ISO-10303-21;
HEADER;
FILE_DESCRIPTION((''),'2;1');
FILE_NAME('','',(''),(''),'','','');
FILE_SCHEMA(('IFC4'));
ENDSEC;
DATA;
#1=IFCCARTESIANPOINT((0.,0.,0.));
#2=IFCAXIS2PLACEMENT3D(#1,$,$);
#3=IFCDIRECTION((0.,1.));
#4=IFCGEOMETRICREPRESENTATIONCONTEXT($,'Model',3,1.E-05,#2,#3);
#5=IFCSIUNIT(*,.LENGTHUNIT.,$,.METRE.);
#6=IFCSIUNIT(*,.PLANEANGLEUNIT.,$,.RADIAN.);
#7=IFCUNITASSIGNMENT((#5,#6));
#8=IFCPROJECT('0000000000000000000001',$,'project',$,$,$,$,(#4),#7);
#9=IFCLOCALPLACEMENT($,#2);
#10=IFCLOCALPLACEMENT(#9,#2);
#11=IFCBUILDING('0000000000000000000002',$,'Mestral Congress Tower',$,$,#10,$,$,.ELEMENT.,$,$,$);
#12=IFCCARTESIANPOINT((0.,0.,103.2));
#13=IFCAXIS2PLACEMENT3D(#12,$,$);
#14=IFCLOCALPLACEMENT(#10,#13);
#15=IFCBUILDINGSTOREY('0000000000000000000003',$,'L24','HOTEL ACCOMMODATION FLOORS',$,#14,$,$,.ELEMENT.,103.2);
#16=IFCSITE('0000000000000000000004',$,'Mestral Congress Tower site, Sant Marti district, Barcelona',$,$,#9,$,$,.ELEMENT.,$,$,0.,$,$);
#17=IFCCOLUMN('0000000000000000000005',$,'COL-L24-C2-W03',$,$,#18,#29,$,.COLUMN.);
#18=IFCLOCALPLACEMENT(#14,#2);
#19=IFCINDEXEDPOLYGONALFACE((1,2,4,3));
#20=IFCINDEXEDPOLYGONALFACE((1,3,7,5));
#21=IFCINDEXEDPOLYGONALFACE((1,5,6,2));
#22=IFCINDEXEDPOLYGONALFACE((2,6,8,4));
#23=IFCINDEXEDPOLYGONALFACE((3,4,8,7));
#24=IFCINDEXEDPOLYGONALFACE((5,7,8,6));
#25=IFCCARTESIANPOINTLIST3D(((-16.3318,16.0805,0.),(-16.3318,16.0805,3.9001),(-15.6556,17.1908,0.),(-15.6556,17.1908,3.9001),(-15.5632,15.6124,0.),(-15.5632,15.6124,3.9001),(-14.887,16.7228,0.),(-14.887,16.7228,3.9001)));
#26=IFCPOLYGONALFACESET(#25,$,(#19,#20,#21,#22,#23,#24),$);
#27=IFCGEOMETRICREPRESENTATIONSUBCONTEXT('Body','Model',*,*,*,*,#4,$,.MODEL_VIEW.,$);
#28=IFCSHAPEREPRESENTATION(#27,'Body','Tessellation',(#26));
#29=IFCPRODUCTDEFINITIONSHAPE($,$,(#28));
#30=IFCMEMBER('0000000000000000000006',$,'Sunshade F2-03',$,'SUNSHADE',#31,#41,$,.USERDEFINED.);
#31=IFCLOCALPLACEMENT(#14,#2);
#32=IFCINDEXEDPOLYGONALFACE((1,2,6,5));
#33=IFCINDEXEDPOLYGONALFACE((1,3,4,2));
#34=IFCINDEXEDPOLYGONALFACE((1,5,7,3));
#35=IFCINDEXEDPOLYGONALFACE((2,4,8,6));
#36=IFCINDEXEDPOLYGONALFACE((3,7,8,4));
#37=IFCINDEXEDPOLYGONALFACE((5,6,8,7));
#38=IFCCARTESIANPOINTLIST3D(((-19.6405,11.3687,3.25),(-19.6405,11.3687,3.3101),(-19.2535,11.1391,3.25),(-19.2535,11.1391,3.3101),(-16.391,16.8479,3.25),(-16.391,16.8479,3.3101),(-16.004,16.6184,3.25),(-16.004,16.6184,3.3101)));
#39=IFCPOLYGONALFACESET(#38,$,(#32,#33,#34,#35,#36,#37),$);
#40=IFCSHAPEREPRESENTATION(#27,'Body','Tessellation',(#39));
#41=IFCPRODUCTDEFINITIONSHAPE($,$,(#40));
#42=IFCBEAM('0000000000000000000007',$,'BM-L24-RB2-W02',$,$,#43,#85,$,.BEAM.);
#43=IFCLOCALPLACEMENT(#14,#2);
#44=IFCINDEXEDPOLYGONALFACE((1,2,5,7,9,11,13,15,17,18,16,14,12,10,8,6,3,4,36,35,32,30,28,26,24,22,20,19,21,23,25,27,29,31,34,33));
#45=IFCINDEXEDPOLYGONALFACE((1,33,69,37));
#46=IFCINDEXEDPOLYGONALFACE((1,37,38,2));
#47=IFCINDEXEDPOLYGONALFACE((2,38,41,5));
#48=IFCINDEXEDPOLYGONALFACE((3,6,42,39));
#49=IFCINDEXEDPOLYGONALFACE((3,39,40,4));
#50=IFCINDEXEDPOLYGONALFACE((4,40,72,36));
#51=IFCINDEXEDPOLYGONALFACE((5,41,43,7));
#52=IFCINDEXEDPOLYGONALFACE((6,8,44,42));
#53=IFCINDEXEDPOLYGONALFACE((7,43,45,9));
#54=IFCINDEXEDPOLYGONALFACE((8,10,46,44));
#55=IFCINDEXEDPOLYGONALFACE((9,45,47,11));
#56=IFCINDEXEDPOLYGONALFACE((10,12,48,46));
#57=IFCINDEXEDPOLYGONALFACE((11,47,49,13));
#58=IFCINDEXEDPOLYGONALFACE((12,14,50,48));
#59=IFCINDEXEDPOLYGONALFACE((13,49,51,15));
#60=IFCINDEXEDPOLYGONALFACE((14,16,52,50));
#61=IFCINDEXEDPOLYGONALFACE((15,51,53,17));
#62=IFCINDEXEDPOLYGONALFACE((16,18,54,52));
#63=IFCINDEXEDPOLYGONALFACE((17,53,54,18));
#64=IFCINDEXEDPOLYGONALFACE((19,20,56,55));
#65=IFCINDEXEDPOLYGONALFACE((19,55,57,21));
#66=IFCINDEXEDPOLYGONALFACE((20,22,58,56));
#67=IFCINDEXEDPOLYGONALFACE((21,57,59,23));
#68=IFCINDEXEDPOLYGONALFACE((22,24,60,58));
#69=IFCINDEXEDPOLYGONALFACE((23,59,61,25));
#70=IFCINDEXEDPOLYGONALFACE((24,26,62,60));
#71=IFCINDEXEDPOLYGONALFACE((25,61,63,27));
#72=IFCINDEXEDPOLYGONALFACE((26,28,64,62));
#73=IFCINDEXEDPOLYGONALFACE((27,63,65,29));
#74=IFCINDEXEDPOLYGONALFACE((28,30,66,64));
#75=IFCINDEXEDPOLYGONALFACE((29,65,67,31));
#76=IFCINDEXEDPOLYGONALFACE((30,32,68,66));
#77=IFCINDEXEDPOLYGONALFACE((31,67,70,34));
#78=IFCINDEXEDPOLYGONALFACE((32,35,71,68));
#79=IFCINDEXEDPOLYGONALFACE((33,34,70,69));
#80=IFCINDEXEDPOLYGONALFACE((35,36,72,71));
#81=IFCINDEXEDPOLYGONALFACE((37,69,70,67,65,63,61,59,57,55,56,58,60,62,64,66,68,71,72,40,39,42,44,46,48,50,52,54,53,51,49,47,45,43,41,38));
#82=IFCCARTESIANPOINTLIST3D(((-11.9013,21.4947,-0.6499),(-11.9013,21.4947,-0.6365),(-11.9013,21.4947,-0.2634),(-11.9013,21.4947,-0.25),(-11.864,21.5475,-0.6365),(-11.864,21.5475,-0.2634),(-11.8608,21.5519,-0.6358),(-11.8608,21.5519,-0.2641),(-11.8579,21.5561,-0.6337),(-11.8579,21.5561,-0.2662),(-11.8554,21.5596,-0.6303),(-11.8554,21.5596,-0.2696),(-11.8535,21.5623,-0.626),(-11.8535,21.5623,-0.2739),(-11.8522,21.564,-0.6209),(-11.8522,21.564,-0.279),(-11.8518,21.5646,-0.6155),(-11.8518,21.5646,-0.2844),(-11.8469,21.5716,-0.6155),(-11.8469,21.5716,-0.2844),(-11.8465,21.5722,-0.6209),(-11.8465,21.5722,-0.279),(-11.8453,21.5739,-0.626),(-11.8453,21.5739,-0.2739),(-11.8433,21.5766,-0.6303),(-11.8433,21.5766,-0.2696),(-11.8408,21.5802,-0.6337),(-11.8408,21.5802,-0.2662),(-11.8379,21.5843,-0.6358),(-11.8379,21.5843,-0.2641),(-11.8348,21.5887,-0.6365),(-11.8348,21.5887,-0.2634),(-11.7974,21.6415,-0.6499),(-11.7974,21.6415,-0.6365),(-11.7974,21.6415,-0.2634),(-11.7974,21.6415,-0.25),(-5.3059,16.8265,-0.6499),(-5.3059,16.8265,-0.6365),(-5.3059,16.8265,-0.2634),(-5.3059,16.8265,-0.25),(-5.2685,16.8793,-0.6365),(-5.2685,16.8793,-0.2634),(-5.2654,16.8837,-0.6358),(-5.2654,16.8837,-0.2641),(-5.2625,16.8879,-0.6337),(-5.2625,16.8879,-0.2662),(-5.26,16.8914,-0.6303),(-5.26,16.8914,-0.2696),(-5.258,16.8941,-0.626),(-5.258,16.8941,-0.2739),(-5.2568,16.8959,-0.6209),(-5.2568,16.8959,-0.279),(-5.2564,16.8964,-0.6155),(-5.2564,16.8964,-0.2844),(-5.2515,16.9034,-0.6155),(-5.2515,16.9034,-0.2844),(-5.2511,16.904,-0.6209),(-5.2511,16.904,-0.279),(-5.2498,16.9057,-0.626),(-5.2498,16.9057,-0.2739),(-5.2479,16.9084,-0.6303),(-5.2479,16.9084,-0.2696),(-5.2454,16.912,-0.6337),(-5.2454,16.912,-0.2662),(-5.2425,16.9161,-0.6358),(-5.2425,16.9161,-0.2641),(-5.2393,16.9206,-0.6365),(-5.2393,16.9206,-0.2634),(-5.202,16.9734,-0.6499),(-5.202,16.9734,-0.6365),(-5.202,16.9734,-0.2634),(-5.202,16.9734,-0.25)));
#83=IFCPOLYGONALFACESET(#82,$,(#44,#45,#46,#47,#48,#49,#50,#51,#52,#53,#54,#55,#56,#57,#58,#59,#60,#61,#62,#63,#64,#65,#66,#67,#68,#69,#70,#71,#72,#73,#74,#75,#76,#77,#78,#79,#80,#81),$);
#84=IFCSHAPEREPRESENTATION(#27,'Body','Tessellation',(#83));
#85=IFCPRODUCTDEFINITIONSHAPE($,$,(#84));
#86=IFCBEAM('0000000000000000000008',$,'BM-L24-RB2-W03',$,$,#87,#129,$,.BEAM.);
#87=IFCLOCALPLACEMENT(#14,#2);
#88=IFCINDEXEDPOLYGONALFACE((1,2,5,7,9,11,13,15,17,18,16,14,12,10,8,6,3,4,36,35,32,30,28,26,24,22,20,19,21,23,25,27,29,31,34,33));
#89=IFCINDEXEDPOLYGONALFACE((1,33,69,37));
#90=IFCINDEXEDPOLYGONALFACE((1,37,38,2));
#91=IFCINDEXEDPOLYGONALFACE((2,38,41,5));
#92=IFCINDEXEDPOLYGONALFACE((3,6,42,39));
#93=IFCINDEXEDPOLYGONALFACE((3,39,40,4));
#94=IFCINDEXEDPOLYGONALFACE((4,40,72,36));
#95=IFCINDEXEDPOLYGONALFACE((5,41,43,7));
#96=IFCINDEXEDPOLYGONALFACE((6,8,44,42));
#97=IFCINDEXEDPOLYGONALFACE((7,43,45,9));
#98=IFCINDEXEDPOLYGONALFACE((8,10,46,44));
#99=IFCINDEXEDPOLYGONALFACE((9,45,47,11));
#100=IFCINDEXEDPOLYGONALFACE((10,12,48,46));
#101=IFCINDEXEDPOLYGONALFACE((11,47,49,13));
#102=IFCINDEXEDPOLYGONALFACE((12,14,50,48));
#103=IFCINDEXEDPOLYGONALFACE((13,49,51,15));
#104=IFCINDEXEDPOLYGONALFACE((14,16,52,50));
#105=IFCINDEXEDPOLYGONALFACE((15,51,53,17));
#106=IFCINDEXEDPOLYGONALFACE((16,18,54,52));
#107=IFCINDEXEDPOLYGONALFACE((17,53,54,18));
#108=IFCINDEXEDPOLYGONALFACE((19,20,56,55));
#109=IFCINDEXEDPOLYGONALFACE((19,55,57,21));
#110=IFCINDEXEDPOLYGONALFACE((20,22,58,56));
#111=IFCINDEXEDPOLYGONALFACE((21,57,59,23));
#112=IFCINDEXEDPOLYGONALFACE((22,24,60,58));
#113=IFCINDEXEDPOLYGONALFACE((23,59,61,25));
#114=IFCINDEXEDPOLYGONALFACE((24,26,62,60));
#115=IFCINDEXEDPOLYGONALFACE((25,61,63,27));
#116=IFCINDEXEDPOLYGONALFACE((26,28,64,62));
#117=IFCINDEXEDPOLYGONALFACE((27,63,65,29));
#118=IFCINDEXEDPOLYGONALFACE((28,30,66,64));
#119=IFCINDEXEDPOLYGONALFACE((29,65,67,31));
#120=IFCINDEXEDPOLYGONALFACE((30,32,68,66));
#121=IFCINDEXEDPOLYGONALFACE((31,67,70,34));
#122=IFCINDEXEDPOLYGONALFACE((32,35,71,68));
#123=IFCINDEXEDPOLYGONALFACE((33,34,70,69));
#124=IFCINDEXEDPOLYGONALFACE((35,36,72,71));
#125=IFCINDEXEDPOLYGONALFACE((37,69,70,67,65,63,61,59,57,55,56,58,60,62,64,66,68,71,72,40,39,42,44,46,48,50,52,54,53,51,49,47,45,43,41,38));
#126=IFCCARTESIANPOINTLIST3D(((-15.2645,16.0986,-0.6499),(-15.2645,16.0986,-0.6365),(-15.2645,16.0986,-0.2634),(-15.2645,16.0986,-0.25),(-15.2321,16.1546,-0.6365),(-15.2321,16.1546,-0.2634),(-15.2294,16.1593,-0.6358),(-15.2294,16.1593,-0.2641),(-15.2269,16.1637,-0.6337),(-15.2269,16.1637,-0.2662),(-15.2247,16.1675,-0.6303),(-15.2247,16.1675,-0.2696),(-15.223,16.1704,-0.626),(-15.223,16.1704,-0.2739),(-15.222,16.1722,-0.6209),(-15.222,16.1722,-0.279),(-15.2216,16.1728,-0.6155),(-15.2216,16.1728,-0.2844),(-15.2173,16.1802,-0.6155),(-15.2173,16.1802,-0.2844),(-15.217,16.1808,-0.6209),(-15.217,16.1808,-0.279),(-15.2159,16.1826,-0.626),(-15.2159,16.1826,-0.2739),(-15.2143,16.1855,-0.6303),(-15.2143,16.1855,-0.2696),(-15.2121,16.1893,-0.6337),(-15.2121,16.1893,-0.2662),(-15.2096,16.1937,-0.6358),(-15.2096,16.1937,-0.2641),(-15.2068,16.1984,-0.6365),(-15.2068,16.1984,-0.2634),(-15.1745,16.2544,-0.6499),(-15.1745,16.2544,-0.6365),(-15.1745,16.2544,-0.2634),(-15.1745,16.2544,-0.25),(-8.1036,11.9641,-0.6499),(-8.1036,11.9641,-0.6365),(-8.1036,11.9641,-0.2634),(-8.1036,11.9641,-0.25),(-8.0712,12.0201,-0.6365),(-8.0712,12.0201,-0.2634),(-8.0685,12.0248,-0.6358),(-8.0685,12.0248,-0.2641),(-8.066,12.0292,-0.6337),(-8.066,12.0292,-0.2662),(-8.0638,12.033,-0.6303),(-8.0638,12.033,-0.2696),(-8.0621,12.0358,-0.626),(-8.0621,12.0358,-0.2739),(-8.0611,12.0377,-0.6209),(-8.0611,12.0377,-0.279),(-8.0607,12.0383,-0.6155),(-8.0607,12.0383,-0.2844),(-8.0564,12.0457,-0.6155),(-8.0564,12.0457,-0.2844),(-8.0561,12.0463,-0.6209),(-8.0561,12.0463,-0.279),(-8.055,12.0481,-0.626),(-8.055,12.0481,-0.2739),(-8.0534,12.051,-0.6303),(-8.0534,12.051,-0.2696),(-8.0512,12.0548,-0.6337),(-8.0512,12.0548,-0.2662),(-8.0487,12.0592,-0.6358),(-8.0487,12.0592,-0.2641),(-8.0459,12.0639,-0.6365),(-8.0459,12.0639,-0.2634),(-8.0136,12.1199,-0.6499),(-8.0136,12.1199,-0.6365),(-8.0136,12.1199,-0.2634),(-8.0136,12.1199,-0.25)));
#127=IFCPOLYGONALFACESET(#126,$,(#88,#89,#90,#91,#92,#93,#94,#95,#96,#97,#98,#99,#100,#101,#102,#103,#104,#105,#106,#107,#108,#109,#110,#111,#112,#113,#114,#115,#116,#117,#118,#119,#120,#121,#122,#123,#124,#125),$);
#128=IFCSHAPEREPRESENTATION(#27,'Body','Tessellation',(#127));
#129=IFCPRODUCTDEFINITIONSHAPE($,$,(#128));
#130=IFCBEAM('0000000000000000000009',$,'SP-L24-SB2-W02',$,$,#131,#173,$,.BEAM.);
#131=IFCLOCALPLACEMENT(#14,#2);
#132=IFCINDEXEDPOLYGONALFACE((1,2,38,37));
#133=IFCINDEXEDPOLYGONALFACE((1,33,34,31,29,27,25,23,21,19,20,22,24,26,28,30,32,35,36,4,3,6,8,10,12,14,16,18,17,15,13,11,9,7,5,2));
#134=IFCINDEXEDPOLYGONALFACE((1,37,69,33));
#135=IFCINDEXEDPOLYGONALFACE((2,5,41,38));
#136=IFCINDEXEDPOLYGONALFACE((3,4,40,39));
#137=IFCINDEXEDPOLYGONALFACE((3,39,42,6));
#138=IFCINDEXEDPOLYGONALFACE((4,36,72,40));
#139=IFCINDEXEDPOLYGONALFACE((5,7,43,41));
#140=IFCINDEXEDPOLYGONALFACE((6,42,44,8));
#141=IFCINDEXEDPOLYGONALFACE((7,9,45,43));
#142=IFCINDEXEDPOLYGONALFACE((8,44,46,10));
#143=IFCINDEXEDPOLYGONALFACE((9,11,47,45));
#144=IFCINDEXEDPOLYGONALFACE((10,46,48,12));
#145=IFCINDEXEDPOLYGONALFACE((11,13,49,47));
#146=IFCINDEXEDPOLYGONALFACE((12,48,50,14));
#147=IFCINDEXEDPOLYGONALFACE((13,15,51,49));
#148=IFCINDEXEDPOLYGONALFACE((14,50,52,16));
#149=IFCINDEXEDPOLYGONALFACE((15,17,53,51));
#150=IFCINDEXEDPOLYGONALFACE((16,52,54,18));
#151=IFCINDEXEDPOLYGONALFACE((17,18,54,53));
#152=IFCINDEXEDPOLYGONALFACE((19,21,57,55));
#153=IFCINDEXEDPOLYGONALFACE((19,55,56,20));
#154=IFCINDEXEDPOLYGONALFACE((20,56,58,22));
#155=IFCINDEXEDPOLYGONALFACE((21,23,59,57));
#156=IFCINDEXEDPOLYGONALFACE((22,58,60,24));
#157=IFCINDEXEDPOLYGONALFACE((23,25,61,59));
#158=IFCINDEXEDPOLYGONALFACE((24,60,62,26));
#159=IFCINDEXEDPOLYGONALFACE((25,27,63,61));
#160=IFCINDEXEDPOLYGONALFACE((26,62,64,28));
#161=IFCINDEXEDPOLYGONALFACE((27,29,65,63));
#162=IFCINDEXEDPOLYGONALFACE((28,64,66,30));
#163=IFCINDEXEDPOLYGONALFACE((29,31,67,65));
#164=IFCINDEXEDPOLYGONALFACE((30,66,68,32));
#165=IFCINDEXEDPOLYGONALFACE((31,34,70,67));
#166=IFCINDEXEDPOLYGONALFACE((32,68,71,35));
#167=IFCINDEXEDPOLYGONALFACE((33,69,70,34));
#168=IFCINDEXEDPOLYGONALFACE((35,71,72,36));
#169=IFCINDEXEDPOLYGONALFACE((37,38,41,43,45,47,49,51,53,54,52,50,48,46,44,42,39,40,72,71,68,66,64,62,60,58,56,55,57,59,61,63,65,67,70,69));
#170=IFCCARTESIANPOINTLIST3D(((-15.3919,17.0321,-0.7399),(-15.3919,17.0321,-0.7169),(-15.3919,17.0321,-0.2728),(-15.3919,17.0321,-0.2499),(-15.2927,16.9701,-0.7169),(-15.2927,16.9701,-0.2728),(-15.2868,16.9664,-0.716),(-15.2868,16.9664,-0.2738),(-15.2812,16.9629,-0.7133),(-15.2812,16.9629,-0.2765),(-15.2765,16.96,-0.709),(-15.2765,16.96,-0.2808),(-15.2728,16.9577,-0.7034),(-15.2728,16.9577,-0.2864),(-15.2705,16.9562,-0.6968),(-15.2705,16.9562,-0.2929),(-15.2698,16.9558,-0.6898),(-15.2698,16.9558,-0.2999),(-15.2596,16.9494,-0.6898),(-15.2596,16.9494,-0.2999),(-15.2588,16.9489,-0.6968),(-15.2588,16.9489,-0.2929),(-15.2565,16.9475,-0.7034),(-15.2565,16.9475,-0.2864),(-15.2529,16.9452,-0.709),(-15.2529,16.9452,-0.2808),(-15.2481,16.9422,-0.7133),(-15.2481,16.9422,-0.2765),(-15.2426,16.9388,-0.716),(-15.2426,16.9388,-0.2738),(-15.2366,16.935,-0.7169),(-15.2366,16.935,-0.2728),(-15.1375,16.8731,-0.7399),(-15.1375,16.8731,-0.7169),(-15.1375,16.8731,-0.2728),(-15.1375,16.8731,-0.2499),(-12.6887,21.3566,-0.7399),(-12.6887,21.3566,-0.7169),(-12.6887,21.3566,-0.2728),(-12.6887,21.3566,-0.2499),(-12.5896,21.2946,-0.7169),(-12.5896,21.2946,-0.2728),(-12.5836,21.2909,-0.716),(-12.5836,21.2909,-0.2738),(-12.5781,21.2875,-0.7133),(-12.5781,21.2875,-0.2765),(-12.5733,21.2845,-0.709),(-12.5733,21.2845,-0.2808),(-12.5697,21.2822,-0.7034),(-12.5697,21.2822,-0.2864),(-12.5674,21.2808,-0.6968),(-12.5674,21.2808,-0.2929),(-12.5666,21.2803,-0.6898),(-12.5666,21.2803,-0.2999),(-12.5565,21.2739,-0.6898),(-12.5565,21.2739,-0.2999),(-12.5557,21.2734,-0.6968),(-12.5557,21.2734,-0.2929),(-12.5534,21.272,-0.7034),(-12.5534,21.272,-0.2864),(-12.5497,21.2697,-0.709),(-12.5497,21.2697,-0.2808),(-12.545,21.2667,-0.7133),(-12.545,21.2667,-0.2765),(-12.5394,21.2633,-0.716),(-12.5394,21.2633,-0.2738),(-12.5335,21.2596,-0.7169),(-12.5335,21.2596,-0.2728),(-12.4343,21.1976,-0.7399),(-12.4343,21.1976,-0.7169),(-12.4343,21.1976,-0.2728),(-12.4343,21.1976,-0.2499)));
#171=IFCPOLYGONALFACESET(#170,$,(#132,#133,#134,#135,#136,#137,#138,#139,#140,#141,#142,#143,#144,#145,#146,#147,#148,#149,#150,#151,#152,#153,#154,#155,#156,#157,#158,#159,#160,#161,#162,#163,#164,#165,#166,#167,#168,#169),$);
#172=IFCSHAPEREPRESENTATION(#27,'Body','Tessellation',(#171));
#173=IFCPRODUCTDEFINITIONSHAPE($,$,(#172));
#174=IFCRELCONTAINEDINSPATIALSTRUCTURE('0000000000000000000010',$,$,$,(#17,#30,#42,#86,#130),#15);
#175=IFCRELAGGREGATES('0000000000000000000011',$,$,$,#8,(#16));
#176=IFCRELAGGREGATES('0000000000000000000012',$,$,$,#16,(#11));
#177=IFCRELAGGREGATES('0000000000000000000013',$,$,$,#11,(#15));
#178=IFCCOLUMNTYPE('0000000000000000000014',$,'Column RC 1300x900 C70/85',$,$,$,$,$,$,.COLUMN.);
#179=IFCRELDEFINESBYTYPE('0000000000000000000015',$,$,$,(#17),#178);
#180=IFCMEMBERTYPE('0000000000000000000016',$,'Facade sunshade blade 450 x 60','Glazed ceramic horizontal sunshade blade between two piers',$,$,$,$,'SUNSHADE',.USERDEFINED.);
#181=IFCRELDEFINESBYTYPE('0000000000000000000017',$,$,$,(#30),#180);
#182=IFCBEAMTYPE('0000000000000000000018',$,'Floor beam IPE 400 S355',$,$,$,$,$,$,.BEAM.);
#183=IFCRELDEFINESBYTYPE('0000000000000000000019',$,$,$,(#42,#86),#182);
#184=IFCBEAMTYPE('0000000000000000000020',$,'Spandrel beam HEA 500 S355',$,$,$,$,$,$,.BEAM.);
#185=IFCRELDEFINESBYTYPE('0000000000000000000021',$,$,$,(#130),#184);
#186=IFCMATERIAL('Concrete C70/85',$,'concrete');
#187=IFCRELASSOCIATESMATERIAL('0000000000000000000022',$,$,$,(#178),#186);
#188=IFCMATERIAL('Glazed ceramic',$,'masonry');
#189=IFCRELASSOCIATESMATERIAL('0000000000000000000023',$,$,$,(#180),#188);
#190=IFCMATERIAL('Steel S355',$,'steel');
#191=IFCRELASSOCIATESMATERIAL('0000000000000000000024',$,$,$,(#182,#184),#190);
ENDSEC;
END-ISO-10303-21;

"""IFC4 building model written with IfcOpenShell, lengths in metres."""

from ifc_helpers import new_model, si_unit, direction, frame, origin, origin_2d, place, context, subcontext, project, spatial, rectangle, i_section, extrude, material, material_profile, profile_set, type_object, element, save


model = new_model("IFC4")

# Units and contexts
model_context = context("Model", 3, precision=1e-05, world=origin(), true_north=direction((0.0, 1.0)))
body_context = subcontext(model_context, "Body", "Model", "MODEL_VIEW")
ifc_project = project(units=[si_unit("LENGTHUNIT", "METRE"), si_unit("PLANEANGLEUNIT", "RADIAN")], contexts=[model_context])

# Site, building, storey
site_placement = place(None, origin())
site = spatial("IfcSite", under=ifc_project, at=site_placement, Name="Mestral Congress Tower site, Sant Marti district, Barcelona", CompositionType="ELEMENT", RefElevation=0.0)
building_placement = place(site_placement, origin())
building = spatial("IfcBuilding", under=site, at=building_placement, Name="Mestral Congress Tower", CompositionType="ELEMENT")
storey_placement = place(building_placement, frame((0.0, 0.0, 103.2)))
storey = spatial("IfcBuildingStorey", under=building, at=storey_placement, Name="L24", Description="HOTEL ACCOMMODATION FLOORS", CompositionType="ELEMENT", Elevation=103.2)

# Column
ifc_material_1 = material(Name="Concrete C70/85", Category="concrete")
ifc_material_profile_1 = material_profile(ifc_material_1, rectangle(XDim=1.3, YDim=0.8999, at=origin_2d()), Name="RC 1300x900")
ifc_profile_set_1 = profile_set([ifc_material_profile_1], Name="Concrete C70/85")
column_type = type_object("IfcColumnType", Name="Column RC 1300x900 C70/85", PredefinedType="COLUMN", material=ifc_profile_set_1)
column_placement = place(storey_placement, frame((-15.6094, 16.4016, 0.0), z_axis=(0.0, 0.0, 1.0), x_axis=(-0.520114, -0.854097, 0.0)))
element("IfcColumn", 1, at=column_placement, inside=storey, type_object=column_type, Name="COL-L24-C2-W03", PredefinedType="COLUMN", context=body_context, shape_type="SweptSolid", body=[
    extrude(rectangle(XDim=1.3, YDim=0.8999, at=origin_2d()), origin(), (0.0, 0.0, 1.0), 3.9001),
])

# Member
ifc_material_2 = material(Name="Glazed ceramic", Category="masonry")
ifc_material_profile_2 = material_profile(ifc_material_2, rectangle(XDim=0.45, YDim=0.0601, at=origin_2d()), Name="Ceramic blade 450 x 60")
ifc_profile_set_2 = profile_set([ifc_material_profile_2], Name="Glazed ceramic")
member_type = type_object("IfcMemberType", Name="Facade sunshade blade 450 x 60", Description="Glazed ceramic horizontal sunshade blade between two piers", ElementType="SUNSHADE", PredefinedType="USERDEFINED", material=ifc_profile_set_2)
member_placement = place(storey_placement, frame((-16.1975, 16.7332, 3.28), z_axis=(-0.510099, -0.860116, 0.0), x_axis=(0.860116, -0.510099, 0.0)))
element("IfcMember", 2, at=member_placement, inside=storey, type_object=member_type, Name="Sunshade F2-03", ObjectType="SUNSHADE", PredefinedType="USERDEFINED", context=body_context, shape_type="SweptSolid", body=[
    extrude(rectangle(XDim=0.45, YDim=0.0601, at=origin_2d()), origin(), (0.0, 0.0, 1.0), 6.3704),
])

# Beams
ifc_material_3 = material(Name="Steel S355", Category="steel")
ifc_material_profile_3 = material_profile(ifc_material_3, i_section(OverallWidth=0.1799, OverallDepth=0.3999, WebThickness=0.0085, FlangeThickness=0.0134, FilletRadius=0.021, at=origin_2d()), Name="IPE 400")
ifc_profile_set_3 = profile_set([ifc_material_profile_3], Name="Steel S355")
beam_type_1 = type_object("IfcBeamType", Name="Floor beam IPE 400 S355", PredefinedType="BEAM", material=ifc_profile_set_3)
beam_1_placement = place(storey_placement, frame((-11.8494, 21.5681, -0.45), z_axis=(0.816233, -0.577723, 0.0), x_axis=(0.577723, 0.816233, 0.0)))
element("IfcBeam", 3, at=beam_1_placement, inside=storey, type_object=beam_type_1, Name="BM-L24-RB2-W02", PredefinedType="BEAM", context=body_context, shape_type="SweptSolid", body=[
    extrude(i_section(OverallWidth=0.1799, OverallDepth=0.3999, WebThickness=0.0085, FlangeThickness=0.0134, FilletRadius=0.021, at=origin_2d()), origin(), (0.0, 0.0, 1.0), 8.0803),
])
beam_2_placement = place(storey_placement, frame((-15.2195, 16.1765, -0.45), z_axis=(0.866016, -0.500016, 0.0), x_axis=(0.500016, 0.866016, 0.0)))
element("IfcBeam", 4, at=beam_2_placement, inside=storey, type_object=beam_type_1, Name="BM-L24-RB2-W03", PredefinedType="BEAM", context=body_context, shape_type="SweptSolid", body=[
    extrude(i_section(OverallWidth=0.1799, OverallDepth=0.3999, WebThickness=0.0085, FlangeThickness=0.0134, FilletRadius=0.021, at=origin_2d()), origin(), (0.0, 0.0, 1.0), 8.2688),
])
ifc_material_profile_4 = material_profile(ifc_material_3, i_section(OverallWidth=0.3, OverallDepth=0.49, WebThickness=0.012, FlangeThickness=0.0229, FilletRadius=0.0271, at=origin_2d()), Name="HEA 500")
ifc_profile_set_4 = profile_set([ifc_material_profile_4], Name="Steel S355")
beam_type_2 = type_object("IfcBeamType", Name="Spandrel beam HEA 500 S355", PredefinedType="BEAM", material=ifc_profile_set_4)
for number, where, z_axis, x_axis, name in (
    (5, (-12.5615, 21.2771, -0.4949), (-0.530046, -0.847969, 0.0), (0.847969, -0.530046, 0.0), "SP-L24-SB2-W02"),
):
    element("IfcBeam", number, at=place(storey_placement, frame(where, z_axis=z_axis, x_axis=x_axis)), inside=storey, type_object=beam_type_2, Name=name, PredefinedType="BEAM", context=body_context, shape_type="SweptSolid", body=[
        extrude(i_section(OverallWidth=0.3, OverallDepth=0.49, WebThickness=0.012, FlangeThickness=0.0229, FilletRadius=0.0271, at=origin_2d()), origin(), (0.0, 0.0, 1.0), 5.0999),
    ])

save(model, "model.ifc")
